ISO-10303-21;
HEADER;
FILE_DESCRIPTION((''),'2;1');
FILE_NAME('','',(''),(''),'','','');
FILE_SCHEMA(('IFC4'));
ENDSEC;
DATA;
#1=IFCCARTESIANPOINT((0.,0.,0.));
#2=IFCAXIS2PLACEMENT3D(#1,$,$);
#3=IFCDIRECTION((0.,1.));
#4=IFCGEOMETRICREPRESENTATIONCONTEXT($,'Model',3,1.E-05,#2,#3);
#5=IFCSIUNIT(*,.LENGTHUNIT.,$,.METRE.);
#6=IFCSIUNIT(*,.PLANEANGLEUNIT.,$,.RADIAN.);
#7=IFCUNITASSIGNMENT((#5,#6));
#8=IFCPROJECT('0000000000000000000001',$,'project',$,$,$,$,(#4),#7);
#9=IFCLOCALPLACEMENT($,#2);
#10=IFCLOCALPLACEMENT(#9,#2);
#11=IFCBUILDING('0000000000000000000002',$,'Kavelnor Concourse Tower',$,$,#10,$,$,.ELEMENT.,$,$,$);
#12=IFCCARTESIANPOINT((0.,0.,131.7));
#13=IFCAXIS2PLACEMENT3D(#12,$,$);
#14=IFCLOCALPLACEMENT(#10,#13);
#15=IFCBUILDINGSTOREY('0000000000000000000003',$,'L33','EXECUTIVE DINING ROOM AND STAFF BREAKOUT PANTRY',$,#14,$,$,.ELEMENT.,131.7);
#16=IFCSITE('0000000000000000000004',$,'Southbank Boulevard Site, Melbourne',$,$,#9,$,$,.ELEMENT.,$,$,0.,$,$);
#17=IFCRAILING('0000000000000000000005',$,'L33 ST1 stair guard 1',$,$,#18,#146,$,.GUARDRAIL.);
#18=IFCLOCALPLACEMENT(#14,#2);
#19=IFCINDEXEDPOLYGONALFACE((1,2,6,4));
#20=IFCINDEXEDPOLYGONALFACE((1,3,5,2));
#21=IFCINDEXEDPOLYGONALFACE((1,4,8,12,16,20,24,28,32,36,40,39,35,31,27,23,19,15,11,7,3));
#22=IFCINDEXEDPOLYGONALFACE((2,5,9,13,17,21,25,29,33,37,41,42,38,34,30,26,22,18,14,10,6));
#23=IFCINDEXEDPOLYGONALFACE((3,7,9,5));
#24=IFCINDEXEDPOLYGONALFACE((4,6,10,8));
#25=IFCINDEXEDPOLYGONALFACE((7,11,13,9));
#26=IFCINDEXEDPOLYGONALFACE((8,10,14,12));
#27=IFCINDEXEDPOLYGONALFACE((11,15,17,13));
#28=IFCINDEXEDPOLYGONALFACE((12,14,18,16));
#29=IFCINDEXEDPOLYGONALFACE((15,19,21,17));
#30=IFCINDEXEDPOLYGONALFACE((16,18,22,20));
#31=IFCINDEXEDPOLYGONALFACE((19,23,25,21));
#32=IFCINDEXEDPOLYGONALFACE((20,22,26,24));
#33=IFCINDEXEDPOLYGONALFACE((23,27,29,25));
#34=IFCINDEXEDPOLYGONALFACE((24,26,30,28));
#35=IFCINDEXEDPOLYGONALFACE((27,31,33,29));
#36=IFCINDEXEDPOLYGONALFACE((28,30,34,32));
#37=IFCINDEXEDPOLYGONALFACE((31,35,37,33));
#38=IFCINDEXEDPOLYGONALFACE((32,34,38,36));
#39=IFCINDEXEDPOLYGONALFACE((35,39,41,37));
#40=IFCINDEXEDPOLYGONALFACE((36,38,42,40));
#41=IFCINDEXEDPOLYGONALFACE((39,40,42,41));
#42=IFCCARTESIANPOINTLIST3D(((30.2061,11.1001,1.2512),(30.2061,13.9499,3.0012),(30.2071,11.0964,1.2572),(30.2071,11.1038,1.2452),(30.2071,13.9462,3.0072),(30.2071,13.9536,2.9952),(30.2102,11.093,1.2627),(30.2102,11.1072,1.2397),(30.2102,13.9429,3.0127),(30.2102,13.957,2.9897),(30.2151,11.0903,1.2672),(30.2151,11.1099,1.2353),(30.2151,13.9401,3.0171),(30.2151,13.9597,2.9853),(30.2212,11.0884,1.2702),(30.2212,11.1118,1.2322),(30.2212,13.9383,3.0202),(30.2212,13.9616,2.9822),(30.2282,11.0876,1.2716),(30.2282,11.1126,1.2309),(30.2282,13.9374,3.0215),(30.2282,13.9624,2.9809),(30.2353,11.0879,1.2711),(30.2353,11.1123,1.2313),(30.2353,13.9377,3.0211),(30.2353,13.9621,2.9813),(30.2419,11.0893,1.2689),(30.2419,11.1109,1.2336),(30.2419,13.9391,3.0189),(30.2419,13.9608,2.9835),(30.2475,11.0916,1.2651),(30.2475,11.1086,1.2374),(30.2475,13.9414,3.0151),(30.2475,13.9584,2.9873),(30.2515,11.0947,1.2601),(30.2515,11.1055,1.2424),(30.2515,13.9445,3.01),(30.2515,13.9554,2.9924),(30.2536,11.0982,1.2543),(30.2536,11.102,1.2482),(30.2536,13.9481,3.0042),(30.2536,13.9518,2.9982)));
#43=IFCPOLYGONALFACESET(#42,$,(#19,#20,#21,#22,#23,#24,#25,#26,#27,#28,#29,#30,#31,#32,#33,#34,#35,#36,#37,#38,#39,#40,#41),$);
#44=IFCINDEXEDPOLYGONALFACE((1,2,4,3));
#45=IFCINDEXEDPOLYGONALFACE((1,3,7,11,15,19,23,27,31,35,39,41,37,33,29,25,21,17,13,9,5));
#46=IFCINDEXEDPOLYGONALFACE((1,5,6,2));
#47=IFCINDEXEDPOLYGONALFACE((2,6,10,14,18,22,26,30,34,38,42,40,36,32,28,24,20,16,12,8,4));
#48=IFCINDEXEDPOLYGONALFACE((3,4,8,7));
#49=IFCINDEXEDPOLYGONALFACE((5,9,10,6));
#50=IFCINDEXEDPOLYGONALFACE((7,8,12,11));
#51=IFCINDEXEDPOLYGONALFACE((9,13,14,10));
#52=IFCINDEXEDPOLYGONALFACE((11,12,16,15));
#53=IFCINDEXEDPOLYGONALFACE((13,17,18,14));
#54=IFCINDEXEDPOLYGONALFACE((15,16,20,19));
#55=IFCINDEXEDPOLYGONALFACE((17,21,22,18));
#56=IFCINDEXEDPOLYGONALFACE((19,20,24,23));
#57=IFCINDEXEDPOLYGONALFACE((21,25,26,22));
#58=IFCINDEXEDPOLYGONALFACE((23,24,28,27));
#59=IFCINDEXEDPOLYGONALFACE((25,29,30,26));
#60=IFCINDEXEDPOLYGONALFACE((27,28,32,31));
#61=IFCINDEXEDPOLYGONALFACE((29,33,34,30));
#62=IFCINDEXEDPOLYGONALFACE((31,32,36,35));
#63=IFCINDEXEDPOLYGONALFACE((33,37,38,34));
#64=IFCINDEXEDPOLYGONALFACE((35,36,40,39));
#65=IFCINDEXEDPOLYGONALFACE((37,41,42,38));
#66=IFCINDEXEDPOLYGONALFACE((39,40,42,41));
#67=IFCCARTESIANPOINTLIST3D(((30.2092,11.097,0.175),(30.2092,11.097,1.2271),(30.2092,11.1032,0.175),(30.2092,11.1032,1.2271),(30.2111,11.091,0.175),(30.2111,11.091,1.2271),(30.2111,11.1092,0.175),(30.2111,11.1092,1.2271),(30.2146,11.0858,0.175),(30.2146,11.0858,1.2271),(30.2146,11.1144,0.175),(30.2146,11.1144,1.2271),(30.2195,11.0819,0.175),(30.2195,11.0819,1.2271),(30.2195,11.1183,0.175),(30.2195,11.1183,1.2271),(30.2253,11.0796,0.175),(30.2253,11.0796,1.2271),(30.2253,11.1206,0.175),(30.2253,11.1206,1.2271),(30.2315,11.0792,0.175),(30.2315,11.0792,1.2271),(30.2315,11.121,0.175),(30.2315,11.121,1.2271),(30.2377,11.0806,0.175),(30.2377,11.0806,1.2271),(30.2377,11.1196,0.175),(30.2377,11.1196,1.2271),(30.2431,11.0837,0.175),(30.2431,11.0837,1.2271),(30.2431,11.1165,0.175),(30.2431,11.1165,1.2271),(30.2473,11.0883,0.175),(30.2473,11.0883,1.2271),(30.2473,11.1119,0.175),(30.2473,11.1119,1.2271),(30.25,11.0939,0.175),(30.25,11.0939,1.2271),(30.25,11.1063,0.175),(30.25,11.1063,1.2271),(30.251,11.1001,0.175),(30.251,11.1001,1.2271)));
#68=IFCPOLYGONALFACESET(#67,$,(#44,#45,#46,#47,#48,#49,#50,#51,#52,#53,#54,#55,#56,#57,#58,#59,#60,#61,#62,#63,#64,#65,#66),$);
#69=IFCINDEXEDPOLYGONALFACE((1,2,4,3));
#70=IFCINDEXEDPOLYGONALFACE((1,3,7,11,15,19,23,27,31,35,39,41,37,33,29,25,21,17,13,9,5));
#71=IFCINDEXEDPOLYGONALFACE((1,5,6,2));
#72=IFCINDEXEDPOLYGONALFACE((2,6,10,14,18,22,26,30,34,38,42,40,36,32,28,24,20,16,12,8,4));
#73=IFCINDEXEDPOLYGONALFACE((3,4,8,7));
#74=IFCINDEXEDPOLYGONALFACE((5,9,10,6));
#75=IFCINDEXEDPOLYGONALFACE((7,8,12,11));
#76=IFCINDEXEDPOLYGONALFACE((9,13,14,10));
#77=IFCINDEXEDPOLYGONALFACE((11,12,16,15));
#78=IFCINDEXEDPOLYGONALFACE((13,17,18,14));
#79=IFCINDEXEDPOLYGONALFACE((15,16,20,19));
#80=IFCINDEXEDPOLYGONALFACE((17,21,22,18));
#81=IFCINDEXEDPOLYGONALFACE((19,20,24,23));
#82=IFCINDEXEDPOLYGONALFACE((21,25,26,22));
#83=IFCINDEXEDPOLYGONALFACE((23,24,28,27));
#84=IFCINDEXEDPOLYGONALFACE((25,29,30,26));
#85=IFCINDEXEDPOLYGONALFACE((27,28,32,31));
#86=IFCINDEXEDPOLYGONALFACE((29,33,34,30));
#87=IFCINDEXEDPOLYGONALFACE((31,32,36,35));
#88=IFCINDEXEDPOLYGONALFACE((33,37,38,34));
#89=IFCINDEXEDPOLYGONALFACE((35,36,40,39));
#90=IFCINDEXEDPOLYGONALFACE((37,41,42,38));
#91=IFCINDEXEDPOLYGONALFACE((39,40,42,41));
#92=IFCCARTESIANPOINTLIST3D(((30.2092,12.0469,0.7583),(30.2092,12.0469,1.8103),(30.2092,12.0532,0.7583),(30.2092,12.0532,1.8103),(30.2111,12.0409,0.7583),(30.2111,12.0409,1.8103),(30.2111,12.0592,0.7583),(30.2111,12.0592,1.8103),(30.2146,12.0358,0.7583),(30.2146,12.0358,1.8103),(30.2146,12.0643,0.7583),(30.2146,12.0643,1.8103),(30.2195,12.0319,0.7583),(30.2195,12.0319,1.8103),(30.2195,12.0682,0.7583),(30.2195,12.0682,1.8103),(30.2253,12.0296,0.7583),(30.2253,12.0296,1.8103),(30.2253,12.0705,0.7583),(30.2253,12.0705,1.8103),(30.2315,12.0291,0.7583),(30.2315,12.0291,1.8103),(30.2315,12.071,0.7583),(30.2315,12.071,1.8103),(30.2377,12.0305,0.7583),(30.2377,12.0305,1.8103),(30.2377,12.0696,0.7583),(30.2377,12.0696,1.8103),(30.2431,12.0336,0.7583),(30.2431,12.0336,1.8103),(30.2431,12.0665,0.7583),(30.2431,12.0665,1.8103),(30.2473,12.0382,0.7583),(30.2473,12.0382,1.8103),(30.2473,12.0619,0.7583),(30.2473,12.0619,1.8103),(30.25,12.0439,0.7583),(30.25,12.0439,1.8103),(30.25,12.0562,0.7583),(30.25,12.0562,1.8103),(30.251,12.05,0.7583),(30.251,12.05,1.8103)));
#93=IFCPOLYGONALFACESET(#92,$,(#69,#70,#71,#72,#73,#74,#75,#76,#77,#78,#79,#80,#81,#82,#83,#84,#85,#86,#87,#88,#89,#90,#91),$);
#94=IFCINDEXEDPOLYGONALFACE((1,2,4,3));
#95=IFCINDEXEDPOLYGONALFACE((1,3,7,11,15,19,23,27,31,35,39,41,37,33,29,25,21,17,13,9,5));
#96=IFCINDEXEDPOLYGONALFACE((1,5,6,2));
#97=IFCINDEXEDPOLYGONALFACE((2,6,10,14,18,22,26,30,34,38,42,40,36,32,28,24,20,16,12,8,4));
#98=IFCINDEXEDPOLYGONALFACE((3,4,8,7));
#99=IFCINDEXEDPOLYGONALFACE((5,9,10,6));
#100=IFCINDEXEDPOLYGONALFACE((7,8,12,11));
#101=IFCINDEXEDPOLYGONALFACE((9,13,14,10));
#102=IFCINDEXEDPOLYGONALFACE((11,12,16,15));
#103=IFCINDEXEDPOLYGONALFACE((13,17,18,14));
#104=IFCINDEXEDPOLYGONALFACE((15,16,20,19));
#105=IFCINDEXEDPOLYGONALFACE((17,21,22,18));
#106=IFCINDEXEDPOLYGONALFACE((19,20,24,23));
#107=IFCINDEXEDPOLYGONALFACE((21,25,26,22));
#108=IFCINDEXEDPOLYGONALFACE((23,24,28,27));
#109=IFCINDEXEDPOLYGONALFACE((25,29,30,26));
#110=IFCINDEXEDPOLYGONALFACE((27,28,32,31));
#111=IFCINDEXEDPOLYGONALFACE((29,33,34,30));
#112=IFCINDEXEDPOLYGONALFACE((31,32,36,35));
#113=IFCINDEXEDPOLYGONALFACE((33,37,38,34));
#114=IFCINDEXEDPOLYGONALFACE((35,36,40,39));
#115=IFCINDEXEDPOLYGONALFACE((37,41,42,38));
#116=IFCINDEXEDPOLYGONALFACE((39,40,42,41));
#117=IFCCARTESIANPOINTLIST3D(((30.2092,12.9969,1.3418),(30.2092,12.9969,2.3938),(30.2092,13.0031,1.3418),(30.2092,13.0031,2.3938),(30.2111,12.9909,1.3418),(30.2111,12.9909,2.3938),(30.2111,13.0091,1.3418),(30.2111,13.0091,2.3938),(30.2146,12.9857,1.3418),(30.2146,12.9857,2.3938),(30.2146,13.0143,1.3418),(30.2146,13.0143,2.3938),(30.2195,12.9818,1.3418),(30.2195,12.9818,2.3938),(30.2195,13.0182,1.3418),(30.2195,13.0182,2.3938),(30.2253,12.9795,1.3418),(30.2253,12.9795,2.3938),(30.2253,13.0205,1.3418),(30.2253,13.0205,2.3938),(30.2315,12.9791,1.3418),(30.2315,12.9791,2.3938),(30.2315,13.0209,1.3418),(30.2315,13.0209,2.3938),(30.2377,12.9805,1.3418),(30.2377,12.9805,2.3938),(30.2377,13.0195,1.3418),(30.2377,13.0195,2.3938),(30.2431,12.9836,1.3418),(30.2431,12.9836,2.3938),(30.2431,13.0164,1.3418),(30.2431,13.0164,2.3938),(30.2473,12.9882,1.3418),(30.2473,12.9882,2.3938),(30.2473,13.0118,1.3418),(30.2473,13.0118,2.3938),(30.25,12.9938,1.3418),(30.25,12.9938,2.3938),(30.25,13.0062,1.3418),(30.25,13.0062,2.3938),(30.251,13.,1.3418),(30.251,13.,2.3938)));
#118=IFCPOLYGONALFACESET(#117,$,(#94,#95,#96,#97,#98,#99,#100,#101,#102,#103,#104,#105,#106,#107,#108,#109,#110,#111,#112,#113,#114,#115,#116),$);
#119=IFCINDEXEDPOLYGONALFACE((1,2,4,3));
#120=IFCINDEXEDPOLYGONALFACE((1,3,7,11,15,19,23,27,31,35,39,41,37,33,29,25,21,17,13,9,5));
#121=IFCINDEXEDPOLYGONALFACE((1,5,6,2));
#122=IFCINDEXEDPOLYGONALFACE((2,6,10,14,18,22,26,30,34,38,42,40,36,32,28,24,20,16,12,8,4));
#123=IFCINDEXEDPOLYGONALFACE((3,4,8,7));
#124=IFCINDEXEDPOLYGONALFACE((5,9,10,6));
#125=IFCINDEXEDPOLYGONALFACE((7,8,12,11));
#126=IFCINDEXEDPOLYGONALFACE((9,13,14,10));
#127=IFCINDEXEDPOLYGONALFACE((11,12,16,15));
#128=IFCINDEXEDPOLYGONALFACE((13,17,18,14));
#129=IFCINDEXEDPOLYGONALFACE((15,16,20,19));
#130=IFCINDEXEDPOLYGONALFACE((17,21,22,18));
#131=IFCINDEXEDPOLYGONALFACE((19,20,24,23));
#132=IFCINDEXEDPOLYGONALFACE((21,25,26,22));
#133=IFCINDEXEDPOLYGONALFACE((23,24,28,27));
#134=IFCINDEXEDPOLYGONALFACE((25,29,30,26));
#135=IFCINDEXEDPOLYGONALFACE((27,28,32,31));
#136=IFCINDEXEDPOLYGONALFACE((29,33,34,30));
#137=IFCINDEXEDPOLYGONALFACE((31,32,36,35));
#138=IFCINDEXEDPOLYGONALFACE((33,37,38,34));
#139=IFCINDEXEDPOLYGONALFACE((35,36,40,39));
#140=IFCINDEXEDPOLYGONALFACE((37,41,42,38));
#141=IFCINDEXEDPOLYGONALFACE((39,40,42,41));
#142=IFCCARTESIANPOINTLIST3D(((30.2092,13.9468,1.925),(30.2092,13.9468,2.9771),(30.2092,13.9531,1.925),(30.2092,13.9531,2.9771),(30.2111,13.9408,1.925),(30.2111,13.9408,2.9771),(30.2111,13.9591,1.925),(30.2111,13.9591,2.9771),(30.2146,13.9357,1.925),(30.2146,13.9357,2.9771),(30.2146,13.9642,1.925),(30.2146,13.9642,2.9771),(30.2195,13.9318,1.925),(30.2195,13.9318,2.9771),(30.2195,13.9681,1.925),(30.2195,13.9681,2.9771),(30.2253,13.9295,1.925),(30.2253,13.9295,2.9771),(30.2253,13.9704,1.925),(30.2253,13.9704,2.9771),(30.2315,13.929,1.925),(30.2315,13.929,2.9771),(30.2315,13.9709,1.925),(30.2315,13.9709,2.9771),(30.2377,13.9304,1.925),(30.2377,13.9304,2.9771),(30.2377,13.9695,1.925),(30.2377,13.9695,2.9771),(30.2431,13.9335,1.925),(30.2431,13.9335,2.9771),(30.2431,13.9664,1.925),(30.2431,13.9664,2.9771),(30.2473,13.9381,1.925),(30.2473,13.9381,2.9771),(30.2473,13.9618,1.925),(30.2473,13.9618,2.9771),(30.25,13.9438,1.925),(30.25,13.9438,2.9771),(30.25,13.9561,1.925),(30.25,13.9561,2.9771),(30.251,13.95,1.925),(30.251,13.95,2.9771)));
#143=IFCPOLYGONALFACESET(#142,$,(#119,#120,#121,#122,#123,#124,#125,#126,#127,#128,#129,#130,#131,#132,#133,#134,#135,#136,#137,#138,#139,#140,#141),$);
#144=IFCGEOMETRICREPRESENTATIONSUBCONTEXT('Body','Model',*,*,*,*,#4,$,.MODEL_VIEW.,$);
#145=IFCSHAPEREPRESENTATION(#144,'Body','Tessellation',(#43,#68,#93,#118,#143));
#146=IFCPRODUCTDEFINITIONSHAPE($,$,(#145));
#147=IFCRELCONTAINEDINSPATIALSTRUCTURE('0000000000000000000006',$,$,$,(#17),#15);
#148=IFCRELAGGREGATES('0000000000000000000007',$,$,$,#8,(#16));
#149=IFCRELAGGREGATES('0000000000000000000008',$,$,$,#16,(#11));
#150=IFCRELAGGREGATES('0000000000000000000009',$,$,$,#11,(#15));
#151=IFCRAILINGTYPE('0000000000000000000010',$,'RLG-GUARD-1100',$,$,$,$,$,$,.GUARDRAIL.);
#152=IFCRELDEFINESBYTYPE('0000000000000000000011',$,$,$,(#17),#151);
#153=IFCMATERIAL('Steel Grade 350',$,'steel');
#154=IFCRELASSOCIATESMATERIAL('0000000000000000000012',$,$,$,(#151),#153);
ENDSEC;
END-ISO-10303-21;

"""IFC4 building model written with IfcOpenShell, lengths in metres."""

from ifc_helpers import new_model, si_unit, direction, frame, origin, origin_2d, place, context, subcontext, project, spatial, circle, extrude, material, type_object, element, save


model = new_model("IFC4")

# Units and contexts
model_context = context("Model", 3, precision=1e-05, world=origin(), true_north=direction((0.0, 1.0)))
body_context = subcontext(model_context, "Body", "Model", "MODEL_VIEW")
ifc_project = project(units=[si_unit("LENGTHUNIT", "METRE"), si_unit("PLANEANGLEUNIT", "RADIAN")], contexts=[model_context])

# Site, building, storey
site_placement = place(None, origin())
site = spatial("IfcSite", under=ifc_project, at=site_placement, Name="Southbank Boulevard Site, Melbourne", CompositionType="ELEMENT", RefElevation=0.0)
building_placement = place(site_placement, origin())
building = spatial("IfcBuilding", under=site, at=building_placement, Name="Kavelnor Concourse Tower", CompositionType="ELEMENT")
storey_placement = place(building_placement, frame((0.0, 0.0, 131.7)))
storey = spatial("IfcBuildingStorey", under=building, at=storey_placement, Name="L33", Description="EXECUTIVE DINING ROOM AND STAFF BREAKOUT PANTRY", CompositionType="ELEMENT", Elevation=131.7)

# Shared definitions
ifc_material_1 = material(Name="Steel Grade 350", Category="steel")

# Railing
railing_type_1 = type_object("IfcRailingType", Name="RLG-GUARD-1100", PredefinedType="GUARDRAIL", material=ifc_material_1)
railing_1_placement = place(storey_placement, frame((30.23, 11.1001, 0.175)))
element("IfcRailing", 1, at=railing_1_placement, inside=storey, type_object=railing_type_1, Name="L33 ST1 stair guard 1", PredefinedType="GUARDRAIL", context=body_context, shape_type="SweptSolid", body=[
    extrude(circle(Radius=0.0239, at=origin_2d()), frame((0.0, 0.0, 1.0762), z_axis=(0.0, 0.852159, 0.523283), x_axis=(-1.0, 0.0, 0.0)), (0.0, 0.0, 1.0), 3.3442),
    extrude(circle(Radius=0.021, at=origin_2d()), origin(), (0.0, 0.0, 1.0), 1.052),
    extrude(circle(Radius=0.021, at=origin_2d()), frame((0.0, 0.95, 0.5833)), (0.0, 0.0, 1.0), 1.052),
    extrude(circle(Radius=0.021, at=origin_2d()), frame((0.0, 1.8999, 1.1667)), (0.0, 0.0, 1.0), 1.052),
    extrude(circle(Radius=0.021, at=origin_2d()), frame((0.0, 2.8499, 1.75)), (0.0, 0.0, 1.0), 1.052),
])

save(model, "model.ifc")
